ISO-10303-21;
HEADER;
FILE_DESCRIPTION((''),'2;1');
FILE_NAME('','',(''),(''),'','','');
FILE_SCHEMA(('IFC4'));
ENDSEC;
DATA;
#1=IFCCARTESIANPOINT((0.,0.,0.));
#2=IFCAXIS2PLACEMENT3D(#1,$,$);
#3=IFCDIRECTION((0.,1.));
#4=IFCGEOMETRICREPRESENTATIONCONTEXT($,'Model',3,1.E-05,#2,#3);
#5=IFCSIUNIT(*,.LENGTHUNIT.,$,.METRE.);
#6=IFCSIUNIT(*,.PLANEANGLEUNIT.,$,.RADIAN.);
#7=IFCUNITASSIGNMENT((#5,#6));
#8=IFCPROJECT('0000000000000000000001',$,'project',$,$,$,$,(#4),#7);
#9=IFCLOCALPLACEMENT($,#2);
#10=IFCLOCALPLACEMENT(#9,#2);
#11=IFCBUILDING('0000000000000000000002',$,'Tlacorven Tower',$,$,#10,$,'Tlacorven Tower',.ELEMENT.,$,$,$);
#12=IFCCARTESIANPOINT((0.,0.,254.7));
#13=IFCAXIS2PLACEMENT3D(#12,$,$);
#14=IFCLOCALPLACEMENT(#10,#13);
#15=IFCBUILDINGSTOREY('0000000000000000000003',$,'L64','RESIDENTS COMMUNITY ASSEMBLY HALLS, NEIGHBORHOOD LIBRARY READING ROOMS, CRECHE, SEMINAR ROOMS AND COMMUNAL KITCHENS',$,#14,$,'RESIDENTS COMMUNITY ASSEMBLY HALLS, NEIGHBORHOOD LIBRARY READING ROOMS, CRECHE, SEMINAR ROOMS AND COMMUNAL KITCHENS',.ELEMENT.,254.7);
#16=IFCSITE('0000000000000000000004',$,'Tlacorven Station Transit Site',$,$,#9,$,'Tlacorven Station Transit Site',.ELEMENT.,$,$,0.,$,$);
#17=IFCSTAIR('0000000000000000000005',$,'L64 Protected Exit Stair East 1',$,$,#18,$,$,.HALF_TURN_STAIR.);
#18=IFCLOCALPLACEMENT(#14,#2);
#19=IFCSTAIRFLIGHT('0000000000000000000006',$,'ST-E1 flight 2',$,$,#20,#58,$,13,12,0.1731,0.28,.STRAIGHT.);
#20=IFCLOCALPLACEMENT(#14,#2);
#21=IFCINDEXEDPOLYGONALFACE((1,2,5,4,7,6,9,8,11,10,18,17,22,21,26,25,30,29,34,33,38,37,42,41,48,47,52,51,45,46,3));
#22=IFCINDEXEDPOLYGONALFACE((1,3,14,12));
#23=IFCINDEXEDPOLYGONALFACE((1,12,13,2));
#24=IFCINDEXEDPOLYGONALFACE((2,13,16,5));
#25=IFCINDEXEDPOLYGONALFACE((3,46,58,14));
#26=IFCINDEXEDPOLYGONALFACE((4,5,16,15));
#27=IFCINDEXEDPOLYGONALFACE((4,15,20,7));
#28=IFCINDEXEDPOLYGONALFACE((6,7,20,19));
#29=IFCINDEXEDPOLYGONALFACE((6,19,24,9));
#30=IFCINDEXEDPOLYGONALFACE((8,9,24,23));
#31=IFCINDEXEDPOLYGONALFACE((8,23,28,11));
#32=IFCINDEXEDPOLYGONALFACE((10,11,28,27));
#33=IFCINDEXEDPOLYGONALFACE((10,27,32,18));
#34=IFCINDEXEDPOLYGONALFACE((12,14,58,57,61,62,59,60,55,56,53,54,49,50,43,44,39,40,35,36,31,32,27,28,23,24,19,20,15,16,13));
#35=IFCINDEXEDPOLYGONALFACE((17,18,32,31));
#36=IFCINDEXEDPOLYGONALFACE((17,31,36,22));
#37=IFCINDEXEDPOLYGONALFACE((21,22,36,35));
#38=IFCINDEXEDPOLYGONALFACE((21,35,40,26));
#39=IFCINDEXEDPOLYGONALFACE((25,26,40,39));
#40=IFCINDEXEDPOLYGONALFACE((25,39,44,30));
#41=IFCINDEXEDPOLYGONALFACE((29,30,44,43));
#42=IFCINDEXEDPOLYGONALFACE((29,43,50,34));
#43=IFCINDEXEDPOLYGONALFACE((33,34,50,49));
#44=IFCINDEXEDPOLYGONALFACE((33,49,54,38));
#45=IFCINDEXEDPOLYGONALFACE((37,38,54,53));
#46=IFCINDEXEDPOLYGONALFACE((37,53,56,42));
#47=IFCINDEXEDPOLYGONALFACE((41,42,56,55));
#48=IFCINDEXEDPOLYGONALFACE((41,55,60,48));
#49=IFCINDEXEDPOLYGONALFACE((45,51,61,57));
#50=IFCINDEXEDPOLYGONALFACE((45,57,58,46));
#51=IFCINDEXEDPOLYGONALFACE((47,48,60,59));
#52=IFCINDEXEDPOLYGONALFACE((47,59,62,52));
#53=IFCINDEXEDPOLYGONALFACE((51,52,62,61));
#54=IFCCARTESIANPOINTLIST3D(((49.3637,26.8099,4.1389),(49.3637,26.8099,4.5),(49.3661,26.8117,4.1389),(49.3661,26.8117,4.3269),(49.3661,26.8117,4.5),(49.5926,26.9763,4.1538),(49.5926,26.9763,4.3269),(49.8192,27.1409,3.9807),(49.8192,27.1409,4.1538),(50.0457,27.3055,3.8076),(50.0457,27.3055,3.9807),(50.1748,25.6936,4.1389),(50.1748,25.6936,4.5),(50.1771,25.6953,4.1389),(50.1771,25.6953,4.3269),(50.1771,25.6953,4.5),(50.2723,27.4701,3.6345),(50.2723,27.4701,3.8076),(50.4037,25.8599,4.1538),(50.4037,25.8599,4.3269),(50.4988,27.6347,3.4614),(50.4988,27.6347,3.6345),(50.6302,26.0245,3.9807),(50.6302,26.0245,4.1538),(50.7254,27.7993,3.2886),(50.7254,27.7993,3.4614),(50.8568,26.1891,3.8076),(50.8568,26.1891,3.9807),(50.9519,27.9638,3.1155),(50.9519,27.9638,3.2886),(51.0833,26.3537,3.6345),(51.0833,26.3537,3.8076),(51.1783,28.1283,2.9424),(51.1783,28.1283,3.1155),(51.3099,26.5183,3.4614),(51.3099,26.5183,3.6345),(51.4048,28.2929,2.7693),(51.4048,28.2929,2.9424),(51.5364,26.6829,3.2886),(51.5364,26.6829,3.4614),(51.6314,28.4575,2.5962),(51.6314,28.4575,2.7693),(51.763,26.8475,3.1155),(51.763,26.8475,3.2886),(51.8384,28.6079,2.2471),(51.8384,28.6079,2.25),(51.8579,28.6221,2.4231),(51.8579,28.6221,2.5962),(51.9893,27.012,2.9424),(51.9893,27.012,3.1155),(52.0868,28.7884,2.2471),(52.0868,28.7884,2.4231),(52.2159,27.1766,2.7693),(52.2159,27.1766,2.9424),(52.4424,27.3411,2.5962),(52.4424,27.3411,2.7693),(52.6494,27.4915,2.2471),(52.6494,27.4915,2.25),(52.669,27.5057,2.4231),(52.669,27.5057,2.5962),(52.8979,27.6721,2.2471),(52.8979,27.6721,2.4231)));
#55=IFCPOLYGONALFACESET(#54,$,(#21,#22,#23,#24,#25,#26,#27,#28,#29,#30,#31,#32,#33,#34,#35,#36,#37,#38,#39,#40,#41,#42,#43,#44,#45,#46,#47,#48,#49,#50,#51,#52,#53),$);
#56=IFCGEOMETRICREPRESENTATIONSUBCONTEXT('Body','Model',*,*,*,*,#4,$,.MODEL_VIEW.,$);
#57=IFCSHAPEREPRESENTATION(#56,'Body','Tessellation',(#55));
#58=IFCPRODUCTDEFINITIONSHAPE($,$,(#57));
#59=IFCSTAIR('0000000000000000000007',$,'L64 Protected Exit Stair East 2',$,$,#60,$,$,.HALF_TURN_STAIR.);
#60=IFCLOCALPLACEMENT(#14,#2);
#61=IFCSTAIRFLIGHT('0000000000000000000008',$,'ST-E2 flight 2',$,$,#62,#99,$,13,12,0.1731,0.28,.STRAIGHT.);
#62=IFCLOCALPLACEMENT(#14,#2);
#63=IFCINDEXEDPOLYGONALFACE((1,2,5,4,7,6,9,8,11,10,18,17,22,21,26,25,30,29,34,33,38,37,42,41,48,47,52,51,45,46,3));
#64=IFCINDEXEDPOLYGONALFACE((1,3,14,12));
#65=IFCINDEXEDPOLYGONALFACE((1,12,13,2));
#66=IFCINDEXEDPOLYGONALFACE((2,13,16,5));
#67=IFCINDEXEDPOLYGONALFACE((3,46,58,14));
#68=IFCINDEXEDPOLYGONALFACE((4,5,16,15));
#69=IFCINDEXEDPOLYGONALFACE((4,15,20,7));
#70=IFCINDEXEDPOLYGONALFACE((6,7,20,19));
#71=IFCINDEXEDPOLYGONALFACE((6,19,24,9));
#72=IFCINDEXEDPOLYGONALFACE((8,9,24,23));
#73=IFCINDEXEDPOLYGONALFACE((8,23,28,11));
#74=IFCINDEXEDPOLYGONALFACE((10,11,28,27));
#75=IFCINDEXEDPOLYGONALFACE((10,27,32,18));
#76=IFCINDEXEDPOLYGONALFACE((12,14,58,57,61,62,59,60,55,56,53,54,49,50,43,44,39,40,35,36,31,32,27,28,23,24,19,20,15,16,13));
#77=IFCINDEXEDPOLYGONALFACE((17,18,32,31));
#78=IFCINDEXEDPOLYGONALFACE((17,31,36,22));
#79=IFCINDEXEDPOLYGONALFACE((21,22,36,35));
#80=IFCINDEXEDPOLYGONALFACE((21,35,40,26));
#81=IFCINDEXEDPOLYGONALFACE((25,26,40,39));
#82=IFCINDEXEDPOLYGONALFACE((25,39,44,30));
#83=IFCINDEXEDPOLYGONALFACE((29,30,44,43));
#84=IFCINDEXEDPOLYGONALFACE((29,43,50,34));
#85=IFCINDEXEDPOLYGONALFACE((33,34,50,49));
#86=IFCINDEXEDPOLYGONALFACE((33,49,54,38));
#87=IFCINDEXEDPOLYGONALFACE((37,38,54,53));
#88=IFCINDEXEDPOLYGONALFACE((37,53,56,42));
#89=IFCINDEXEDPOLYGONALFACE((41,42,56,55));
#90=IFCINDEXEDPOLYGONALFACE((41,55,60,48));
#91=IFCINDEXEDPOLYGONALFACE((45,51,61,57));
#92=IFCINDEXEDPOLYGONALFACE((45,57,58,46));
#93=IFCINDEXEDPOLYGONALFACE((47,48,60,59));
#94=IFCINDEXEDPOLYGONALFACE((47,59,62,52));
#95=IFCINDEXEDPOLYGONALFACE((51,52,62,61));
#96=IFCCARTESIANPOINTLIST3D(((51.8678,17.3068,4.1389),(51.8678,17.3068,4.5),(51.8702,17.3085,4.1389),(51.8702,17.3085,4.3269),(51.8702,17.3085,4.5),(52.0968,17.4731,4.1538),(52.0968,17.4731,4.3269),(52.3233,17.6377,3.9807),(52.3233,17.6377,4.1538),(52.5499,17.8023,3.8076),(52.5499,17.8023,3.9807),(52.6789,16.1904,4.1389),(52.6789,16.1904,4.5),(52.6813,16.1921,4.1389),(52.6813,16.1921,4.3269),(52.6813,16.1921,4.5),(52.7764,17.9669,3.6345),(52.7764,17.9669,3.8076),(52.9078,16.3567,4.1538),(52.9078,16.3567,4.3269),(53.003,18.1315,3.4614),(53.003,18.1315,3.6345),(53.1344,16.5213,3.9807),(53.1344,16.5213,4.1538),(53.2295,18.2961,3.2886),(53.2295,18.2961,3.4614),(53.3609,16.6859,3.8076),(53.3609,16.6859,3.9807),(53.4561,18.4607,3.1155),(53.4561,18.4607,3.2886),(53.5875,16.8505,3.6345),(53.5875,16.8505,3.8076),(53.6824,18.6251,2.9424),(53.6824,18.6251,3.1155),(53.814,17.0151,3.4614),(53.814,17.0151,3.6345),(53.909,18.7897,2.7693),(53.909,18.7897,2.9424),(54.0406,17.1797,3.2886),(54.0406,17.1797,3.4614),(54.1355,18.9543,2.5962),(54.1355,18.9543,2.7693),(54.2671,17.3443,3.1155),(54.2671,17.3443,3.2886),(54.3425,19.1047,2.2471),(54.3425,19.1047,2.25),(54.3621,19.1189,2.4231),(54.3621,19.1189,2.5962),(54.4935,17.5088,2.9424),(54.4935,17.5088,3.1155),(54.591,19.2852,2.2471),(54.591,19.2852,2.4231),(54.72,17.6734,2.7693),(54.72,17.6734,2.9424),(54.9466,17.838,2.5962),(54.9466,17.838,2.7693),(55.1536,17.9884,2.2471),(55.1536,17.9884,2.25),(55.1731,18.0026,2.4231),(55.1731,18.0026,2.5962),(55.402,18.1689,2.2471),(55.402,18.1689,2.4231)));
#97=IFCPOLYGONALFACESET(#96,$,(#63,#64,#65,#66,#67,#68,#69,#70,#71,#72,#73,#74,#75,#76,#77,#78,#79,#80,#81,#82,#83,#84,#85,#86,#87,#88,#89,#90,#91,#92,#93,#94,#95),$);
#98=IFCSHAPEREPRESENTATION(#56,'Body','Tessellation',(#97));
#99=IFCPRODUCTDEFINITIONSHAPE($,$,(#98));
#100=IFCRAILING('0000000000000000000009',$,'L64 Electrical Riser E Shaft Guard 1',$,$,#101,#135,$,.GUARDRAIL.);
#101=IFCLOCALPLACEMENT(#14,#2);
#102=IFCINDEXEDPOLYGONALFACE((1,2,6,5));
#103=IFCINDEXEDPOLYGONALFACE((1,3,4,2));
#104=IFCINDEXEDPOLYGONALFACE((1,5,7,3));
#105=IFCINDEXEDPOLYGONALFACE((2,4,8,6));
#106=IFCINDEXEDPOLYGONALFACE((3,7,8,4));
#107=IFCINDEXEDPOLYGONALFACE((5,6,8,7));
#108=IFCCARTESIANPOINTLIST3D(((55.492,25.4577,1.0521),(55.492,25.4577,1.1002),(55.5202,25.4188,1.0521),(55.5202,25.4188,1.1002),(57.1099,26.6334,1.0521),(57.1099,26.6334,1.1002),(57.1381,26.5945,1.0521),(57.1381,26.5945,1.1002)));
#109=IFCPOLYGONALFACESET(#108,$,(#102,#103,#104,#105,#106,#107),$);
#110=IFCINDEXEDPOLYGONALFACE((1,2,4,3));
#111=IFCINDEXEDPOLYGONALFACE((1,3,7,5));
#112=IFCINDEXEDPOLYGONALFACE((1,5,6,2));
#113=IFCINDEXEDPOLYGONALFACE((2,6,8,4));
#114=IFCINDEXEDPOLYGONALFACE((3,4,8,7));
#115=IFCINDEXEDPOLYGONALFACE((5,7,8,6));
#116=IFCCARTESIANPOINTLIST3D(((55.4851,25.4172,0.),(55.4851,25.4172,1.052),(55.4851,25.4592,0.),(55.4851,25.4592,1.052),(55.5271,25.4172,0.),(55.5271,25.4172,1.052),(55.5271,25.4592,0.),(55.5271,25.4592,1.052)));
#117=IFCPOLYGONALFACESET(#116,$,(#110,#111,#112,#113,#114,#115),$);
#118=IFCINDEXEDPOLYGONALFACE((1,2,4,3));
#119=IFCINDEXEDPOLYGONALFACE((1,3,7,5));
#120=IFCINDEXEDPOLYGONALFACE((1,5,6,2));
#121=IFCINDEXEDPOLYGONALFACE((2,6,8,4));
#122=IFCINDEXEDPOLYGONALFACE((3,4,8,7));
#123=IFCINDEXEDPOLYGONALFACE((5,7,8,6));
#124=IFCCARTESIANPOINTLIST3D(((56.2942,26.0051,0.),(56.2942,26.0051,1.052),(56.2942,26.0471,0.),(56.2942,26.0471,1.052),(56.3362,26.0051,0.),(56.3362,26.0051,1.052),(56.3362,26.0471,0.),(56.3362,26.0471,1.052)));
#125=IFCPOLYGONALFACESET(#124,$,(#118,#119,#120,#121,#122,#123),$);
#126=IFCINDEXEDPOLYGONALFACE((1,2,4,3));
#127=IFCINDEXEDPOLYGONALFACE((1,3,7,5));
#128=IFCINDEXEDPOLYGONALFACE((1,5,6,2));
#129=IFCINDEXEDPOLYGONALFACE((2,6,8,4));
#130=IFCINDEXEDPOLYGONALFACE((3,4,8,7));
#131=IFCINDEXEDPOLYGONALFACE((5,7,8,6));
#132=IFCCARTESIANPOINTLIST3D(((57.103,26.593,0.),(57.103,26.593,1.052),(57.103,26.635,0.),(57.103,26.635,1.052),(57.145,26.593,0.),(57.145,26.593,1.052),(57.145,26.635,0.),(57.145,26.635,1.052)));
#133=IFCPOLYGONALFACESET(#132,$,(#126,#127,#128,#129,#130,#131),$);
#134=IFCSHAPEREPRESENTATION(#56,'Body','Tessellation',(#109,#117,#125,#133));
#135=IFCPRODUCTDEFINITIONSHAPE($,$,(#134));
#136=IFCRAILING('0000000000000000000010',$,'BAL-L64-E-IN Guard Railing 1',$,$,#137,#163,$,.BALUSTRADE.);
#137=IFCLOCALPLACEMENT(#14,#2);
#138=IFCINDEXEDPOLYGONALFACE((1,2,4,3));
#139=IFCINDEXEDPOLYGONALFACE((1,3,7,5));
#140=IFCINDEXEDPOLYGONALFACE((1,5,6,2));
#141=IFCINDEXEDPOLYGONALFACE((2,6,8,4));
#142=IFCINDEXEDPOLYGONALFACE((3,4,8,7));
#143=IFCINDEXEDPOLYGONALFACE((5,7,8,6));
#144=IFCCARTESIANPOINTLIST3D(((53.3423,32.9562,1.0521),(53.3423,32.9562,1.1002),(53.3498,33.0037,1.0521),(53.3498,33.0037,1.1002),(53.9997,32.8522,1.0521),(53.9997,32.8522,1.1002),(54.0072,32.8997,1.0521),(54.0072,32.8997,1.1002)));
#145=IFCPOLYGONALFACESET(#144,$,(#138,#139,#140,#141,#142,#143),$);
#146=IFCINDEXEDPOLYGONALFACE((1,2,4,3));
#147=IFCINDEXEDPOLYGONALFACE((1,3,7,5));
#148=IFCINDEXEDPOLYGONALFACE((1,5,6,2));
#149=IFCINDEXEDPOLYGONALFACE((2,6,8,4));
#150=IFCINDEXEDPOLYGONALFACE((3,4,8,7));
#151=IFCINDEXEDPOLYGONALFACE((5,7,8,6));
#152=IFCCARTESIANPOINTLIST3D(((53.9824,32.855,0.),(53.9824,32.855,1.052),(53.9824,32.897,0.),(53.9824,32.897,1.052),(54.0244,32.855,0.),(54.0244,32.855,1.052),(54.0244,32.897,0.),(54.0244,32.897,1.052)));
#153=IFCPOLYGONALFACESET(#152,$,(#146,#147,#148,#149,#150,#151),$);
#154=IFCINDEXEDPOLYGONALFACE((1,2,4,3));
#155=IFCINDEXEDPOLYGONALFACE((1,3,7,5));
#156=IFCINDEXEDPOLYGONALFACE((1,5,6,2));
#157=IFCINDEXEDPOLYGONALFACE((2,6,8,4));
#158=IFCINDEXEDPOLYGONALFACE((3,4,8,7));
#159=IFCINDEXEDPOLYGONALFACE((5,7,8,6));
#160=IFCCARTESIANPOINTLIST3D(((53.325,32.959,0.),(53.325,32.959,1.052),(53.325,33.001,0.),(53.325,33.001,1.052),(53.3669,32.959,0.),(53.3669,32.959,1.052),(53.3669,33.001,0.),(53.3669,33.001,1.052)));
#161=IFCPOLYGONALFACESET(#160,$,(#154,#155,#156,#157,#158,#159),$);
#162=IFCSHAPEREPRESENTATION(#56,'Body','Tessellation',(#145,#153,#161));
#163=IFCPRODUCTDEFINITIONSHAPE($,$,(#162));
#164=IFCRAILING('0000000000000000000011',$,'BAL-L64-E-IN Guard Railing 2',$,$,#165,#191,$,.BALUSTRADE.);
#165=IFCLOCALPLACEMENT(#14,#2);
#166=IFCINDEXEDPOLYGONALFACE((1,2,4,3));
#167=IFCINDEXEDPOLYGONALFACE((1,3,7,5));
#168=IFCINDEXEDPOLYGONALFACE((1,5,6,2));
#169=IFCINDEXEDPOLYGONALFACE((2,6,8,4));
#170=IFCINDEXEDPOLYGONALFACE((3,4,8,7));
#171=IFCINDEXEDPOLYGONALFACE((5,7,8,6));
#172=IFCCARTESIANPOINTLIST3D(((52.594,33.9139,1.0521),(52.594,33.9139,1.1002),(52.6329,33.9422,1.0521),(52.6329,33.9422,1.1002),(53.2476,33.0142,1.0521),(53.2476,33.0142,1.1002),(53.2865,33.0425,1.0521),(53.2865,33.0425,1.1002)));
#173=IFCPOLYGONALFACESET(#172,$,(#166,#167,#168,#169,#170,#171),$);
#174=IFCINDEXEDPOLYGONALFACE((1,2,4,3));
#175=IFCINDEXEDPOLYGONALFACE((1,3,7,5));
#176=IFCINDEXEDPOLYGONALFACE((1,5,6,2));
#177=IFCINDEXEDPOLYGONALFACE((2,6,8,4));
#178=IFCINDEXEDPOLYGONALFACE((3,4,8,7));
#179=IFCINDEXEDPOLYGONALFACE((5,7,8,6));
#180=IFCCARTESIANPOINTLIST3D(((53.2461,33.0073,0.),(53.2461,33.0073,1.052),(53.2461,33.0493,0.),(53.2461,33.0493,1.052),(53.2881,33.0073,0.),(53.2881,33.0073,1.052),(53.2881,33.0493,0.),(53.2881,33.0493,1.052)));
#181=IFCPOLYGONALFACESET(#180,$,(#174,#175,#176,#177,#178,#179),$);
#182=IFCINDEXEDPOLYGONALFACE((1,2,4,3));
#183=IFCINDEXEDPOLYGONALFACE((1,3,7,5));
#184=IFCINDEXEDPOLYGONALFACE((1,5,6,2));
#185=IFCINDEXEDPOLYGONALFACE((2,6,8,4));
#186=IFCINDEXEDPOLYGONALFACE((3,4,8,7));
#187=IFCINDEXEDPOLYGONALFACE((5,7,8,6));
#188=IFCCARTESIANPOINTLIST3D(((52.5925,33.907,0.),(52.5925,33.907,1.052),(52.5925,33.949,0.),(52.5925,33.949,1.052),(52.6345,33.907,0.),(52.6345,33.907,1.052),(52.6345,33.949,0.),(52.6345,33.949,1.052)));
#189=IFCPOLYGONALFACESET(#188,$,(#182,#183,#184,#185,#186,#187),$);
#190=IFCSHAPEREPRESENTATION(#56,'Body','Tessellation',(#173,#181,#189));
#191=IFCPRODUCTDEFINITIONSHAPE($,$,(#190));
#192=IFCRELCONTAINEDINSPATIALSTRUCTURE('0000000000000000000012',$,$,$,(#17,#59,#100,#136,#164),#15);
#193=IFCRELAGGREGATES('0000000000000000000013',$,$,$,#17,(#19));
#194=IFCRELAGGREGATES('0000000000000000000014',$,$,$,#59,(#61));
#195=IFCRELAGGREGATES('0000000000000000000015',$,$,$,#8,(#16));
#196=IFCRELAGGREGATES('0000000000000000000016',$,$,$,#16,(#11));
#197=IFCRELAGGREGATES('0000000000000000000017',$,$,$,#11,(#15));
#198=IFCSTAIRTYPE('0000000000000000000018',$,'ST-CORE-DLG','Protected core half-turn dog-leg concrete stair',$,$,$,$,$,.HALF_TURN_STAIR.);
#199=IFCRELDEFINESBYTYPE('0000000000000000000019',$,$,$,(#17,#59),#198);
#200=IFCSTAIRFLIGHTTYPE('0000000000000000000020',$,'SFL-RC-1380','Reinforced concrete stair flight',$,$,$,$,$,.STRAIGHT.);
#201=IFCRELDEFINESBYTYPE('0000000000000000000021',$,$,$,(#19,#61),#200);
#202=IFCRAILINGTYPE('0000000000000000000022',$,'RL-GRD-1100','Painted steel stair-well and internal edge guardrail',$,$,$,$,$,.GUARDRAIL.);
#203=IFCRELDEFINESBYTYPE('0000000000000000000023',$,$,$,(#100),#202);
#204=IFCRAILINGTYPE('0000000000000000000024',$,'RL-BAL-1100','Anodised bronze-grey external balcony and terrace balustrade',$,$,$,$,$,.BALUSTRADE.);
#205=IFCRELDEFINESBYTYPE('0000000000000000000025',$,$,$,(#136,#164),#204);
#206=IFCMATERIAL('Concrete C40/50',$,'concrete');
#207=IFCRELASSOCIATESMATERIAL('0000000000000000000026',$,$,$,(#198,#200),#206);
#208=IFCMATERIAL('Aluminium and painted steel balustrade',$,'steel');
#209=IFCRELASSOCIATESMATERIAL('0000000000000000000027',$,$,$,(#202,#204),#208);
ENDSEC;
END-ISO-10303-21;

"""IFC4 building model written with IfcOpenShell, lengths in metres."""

from ifc_helpers import new_model, si_unit, direction, frame, origin, origin_2d, place, context, subcontext, project, spatial, polyline, rectangle, outline, extrude, source, transform, mapped, material, type_object, element, aggregate, save


model = new_model("IFC4")

# Units and contexts
model_context = context("Model", 3, precision=1e-05, world=origin(), true_north=direction((0.0, 1.0)))
body_context = subcontext(model_context, "Body", "Model", "MODEL_VIEW")
ifc_project = project(units=[si_unit("LENGTHUNIT", "METRE"), si_unit("PLANEANGLEUNIT", "RADIAN")], contexts=[model_context])

# Site, building, storey
site_placement = place(None, origin())
site = spatial("IfcSite", under=ifc_project, at=site_placement, Name="Tlacorven Station Transit Site", LongName="Tlacorven Station Transit Site", CompositionType="ELEMENT", RefElevation=0.0)
building_placement = place(site_placement, origin())
building = spatial("IfcBuilding", under=site, at=building_placement, Name="Tlacorven Tower", LongName="Tlacorven Tower", CompositionType="ELEMENT")
storey_placement = place(building_placement, frame((0.0, 0.0, 254.7)))
storey = spatial("IfcBuildingStorey", under=building, at=storey_placement, Name="L64", Description="RESIDENTS COMMUNITY ASSEMBLY HALLS, NEIGHBORHOOD LIBRARY READING ROOMS, CRECHE, SEMINAR ROOMS AND COMMUNAL KITCHENS", LongName="RESIDENTS COMMUNITY ASSEMBLY HALLS, NEIGHBORHOOD LIBRARY READING ROOMS, CRECHE, SEMINAR ROOMS AND COMMUNAL KITCHENS", CompositionType="ELEMENT", Elevation=254.7)

# Shared definitions
ifc_material_1 = material(Name="Concrete C40/50", Category="concrete")

# Stairs, stair flights
stair_type = type_object("IfcStairType", Name="ST-CORE-DLG", Description="Protected core half-turn dog-leg concrete stair", PredefinedType="HALF_TURN_STAIR", material=ifc_material_1)
stair_1_placement = place(storey_placement, origin())
stair_1 = element("IfcStair", 1, at=stair_1_placement, inside=storey, type_object=stair_type, Name="L64 Protected Exit Stair East 1", PredefinedType="HALF_TURN_STAIR")
stair_flight_type = type_object("IfcStairFlightType", Name="SFL-RC-1380", Description="Reinforced concrete stair flight", PredefinedType="STRAIGHT", material=ifc_material_1)
shared_shape_1 = source(origin(), body_context, "Body", "SweptSolid", [
    extrude(outline(polyline([(-0.0029, -0.0029), (-0.0029, 0.1731), (0.28, 0.1731), (0.28, 0.3462), (0.5601, 0.3462), (0.5601, 0.5193), (0.8401, 0.5193), (0.8401, 0.6924), (1.1201, 0.6924), (1.1201, 0.8655), (1.3999, 0.8655), (1.3999, 1.0386), (1.6799, 1.0386), (1.6799, 1.2114), (1.96, 1.2114), (1.96, 1.3845), (2.24, 1.3845), (2.24, 1.5576), (2.52, 1.5576), (2.52, 1.7307), (2.8, 1.7307), (2.8, 1.9038), (3.0801, 1.9038), (3.0801, 2.0769), (3.3601, 2.0769), (3.3601, 2.25), (3.363, 2.25), (3.363, 1.8889), (3.3601, 1.8889), (0.3042, 0.0), (0.3042, -0.0029), (-0.0029, -0.0029)])), frame((0.0, 0.6899, 0.0), z_axis=(0.0, -1.0, 0.0), x_axis=(1.0, 0.0, 0.0)), (0.0, 0.0, 1.0), 1.3799),
])
stair_flight_1_placement = place(storey_placement, frame((52.49, 28.2285, 2.25), z_axis=(0.0, 0.0, 1.0), x_axis=(-0.809017, -0.587785, 0.0)))
stair_flight_1 = element("IfcStairFlight", 2, at=stair_flight_1_placement, type_object=stair_flight_type, Name="ST-E1 flight 2", NumberOfRisers=13, NumberOfTreads=12, PredefinedType="STRAIGHT", RiserHeight=0.1731, TreadLength=0.28, context=body_context, shape_type="MappedRepresentation", body=[
    mapped(shared_shape_1, transform((0.0, 0.0, 0.0), scale=1.0)),
])
aggregate(stair_1, [stair_flight_1])
stair_2_placement = place(storey_placement, origin())
stair_2 = element("IfcStair", 3, at=stair_2_placement, inside=storey, type_object=stair_type, Name="L64 Protected Exit Stair East 2", PredefinedType="HALF_TURN_STAIR")
stair_flight_2_placement = place(storey_placement, frame((54.9941, 18.7253, 2.25), z_axis=(0.0, 0.0, 1.0), x_axis=(-0.809017, -0.587785, 0.0)))
stair_flight_2 = element("IfcStairFlight", 4, at=stair_flight_2_placement, type_object=stair_flight_type, Name="ST-E2 flight 2", NumberOfRisers=13, NumberOfTreads=12, PredefinedType="STRAIGHT", RiserHeight=0.1731, TreadLength=0.28, context=body_context, shape_type="MappedRepresentation", body=[
    mapped(shared_shape_1, transform((0.0, 0.0, 0.0), scale=1.0)),
])
aggregate(stair_2, [stair_flight_2])

# Railings
ifc_material_2 = material(Name="Aluminium and painted steel balustrade", Category="steel")
railing_type_1 = type_object("IfcRailingType", Name="RL-GRD-1100", Description="Painted steel stair-well and internal edge guardrail", PredefinedType="GUARDRAIL", material=ifc_material_2)
shared_shape_2 = source(origin(), body_context, "Body", "SweptSolid", [
    extrude(rectangle(XDim=0.0481, YDim=0.0481, at=origin_2d()), frame((0.0, 0.0, 1.0762), z_axis=(0.808947, 0.587881, 0.0), x_axis=(-0.587881, 0.808947, 0.0)), (0.0, 0.0, 1.0), 2.0),
    extrude(rectangle(XDim=0.042, YDim=0.042, at=origin_2d()), origin(), (0.0, 0.0, 1.0), 1.052),
    extrude(rectangle(XDim=0.042, YDim=0.042, at=origin_2d()), frame((0.8091, 0.5879, 0.0)), (0.0, 0.0, 1.0), 1.052),
    extrude(rectangle(XDim=0.042, YDim=0.042, at=origin_2d()), frame((1.6179, 1.1758, 0.0)), (0.0, 0.0, 1.0), 1.052),
])
railing_1_placement = place(storey_placement, frame((55.5061, 25.4382, 0.0)))
element("IfcRailing", 5, at=railing_1_placement, inside=storey, type_object=railing_type_1, Name="L64 Electrical Riser E Shaft Guard 1", PredefinedType="GUARDRAIL", context=body_context, shape_type="MappedRepresentation", body=[
    mapped(shared_shape_2, transform((0.0, 0.0, 0.0), scale=1.0)),
])
railing_type_2 = type_object("IfcRailingType", Name="RL-BAL-1100", Description="Anodised bronze-grey external balcony and terrace balustrade", PredefinedType="BALUSTRADE", material=ifc_material_2)
shared_shape_3 = source(origin(), body_context, "Body", "SweptSolid", [
    extrude(rectangle(XDim=0.0481, YDim=0.0481, at=origin_2d()), frame((0.0, 0.0, 1.0762), z_axis=(-0.987718, 0.156245, 0.0), x_axis=(-0.156245, -0.987718, 0.0)), (0.0, 0.0, 1.0), 0.6655),
    extrude(rectangle(XDim=0.042, YDim=0.042, at=origin_2d()), origin(), (0.0, 0.0, 1.0), 1.052),
    extrude(rectangle(XDim=0.042, YDim=0.042, at=origin_2d()), frame((-0.6575, 0.104, 0.0)), (0.0, 0.0, 1.0), 1.052),
])
railing_2_placement = place(storey_placement, frame((54.0034, 32.876, 0.0)))
element("IfcRailing", 6, at=railing_2_placement, inside=storey, type_object=railing_type_2, Name="BAL-L64-E-IN Guard Railing 1", PredefinedType="BALUSTRADE", context=body_context, shape_type="MappedRepresentation", body=[
    mapped(shared_shape_3, transform((0.0, 0.0, 0.0), scale=1.0)),
])
shared_shape_4 = source(origin(), body_context, "Body", "SweptSolid", [
    extrude(rectangle(XDim=0.0481, YDim=0.0481, at=origin_2d()), frame((0.0, 0.0, 1.0762), z_axis=(-0.587741, 0.809049, 0.0), x_axis=(-0.809049, -0.587741, 0.0)), (0.0, 0.0, 1.0), 1.1121),
    extrude(rectangle(XDim=0.042, YDim=0.042, at=origin_2d()), origin(), (0.0, 0.0, 1.0), 1.052),
    extrude(rectangle(XDim=0.042, YDim=0.042, at=origin_2d()), frame((-0.6536, 0.8997, 0.0)), (0.0, 0.0, 1.0), 1.052),
])
railing_3_placement = place(storey_placement, frame((53.2671, 33.0283, 0.0)))
element("IfcRailing", 7, at=railing_3_placement, inside=storey, type_object=railing_type_2, Name="BAL-L64-E-IN Guard Railing 2", PredefinedType="BALUSTRADE", context=body_context, shape_type="MappedRepresentation", body=[
    mapped(shared_shape_4, transform((0.0, 0.0, 0.0), scale=1.0)),
])

save(model, "model.ifc")
